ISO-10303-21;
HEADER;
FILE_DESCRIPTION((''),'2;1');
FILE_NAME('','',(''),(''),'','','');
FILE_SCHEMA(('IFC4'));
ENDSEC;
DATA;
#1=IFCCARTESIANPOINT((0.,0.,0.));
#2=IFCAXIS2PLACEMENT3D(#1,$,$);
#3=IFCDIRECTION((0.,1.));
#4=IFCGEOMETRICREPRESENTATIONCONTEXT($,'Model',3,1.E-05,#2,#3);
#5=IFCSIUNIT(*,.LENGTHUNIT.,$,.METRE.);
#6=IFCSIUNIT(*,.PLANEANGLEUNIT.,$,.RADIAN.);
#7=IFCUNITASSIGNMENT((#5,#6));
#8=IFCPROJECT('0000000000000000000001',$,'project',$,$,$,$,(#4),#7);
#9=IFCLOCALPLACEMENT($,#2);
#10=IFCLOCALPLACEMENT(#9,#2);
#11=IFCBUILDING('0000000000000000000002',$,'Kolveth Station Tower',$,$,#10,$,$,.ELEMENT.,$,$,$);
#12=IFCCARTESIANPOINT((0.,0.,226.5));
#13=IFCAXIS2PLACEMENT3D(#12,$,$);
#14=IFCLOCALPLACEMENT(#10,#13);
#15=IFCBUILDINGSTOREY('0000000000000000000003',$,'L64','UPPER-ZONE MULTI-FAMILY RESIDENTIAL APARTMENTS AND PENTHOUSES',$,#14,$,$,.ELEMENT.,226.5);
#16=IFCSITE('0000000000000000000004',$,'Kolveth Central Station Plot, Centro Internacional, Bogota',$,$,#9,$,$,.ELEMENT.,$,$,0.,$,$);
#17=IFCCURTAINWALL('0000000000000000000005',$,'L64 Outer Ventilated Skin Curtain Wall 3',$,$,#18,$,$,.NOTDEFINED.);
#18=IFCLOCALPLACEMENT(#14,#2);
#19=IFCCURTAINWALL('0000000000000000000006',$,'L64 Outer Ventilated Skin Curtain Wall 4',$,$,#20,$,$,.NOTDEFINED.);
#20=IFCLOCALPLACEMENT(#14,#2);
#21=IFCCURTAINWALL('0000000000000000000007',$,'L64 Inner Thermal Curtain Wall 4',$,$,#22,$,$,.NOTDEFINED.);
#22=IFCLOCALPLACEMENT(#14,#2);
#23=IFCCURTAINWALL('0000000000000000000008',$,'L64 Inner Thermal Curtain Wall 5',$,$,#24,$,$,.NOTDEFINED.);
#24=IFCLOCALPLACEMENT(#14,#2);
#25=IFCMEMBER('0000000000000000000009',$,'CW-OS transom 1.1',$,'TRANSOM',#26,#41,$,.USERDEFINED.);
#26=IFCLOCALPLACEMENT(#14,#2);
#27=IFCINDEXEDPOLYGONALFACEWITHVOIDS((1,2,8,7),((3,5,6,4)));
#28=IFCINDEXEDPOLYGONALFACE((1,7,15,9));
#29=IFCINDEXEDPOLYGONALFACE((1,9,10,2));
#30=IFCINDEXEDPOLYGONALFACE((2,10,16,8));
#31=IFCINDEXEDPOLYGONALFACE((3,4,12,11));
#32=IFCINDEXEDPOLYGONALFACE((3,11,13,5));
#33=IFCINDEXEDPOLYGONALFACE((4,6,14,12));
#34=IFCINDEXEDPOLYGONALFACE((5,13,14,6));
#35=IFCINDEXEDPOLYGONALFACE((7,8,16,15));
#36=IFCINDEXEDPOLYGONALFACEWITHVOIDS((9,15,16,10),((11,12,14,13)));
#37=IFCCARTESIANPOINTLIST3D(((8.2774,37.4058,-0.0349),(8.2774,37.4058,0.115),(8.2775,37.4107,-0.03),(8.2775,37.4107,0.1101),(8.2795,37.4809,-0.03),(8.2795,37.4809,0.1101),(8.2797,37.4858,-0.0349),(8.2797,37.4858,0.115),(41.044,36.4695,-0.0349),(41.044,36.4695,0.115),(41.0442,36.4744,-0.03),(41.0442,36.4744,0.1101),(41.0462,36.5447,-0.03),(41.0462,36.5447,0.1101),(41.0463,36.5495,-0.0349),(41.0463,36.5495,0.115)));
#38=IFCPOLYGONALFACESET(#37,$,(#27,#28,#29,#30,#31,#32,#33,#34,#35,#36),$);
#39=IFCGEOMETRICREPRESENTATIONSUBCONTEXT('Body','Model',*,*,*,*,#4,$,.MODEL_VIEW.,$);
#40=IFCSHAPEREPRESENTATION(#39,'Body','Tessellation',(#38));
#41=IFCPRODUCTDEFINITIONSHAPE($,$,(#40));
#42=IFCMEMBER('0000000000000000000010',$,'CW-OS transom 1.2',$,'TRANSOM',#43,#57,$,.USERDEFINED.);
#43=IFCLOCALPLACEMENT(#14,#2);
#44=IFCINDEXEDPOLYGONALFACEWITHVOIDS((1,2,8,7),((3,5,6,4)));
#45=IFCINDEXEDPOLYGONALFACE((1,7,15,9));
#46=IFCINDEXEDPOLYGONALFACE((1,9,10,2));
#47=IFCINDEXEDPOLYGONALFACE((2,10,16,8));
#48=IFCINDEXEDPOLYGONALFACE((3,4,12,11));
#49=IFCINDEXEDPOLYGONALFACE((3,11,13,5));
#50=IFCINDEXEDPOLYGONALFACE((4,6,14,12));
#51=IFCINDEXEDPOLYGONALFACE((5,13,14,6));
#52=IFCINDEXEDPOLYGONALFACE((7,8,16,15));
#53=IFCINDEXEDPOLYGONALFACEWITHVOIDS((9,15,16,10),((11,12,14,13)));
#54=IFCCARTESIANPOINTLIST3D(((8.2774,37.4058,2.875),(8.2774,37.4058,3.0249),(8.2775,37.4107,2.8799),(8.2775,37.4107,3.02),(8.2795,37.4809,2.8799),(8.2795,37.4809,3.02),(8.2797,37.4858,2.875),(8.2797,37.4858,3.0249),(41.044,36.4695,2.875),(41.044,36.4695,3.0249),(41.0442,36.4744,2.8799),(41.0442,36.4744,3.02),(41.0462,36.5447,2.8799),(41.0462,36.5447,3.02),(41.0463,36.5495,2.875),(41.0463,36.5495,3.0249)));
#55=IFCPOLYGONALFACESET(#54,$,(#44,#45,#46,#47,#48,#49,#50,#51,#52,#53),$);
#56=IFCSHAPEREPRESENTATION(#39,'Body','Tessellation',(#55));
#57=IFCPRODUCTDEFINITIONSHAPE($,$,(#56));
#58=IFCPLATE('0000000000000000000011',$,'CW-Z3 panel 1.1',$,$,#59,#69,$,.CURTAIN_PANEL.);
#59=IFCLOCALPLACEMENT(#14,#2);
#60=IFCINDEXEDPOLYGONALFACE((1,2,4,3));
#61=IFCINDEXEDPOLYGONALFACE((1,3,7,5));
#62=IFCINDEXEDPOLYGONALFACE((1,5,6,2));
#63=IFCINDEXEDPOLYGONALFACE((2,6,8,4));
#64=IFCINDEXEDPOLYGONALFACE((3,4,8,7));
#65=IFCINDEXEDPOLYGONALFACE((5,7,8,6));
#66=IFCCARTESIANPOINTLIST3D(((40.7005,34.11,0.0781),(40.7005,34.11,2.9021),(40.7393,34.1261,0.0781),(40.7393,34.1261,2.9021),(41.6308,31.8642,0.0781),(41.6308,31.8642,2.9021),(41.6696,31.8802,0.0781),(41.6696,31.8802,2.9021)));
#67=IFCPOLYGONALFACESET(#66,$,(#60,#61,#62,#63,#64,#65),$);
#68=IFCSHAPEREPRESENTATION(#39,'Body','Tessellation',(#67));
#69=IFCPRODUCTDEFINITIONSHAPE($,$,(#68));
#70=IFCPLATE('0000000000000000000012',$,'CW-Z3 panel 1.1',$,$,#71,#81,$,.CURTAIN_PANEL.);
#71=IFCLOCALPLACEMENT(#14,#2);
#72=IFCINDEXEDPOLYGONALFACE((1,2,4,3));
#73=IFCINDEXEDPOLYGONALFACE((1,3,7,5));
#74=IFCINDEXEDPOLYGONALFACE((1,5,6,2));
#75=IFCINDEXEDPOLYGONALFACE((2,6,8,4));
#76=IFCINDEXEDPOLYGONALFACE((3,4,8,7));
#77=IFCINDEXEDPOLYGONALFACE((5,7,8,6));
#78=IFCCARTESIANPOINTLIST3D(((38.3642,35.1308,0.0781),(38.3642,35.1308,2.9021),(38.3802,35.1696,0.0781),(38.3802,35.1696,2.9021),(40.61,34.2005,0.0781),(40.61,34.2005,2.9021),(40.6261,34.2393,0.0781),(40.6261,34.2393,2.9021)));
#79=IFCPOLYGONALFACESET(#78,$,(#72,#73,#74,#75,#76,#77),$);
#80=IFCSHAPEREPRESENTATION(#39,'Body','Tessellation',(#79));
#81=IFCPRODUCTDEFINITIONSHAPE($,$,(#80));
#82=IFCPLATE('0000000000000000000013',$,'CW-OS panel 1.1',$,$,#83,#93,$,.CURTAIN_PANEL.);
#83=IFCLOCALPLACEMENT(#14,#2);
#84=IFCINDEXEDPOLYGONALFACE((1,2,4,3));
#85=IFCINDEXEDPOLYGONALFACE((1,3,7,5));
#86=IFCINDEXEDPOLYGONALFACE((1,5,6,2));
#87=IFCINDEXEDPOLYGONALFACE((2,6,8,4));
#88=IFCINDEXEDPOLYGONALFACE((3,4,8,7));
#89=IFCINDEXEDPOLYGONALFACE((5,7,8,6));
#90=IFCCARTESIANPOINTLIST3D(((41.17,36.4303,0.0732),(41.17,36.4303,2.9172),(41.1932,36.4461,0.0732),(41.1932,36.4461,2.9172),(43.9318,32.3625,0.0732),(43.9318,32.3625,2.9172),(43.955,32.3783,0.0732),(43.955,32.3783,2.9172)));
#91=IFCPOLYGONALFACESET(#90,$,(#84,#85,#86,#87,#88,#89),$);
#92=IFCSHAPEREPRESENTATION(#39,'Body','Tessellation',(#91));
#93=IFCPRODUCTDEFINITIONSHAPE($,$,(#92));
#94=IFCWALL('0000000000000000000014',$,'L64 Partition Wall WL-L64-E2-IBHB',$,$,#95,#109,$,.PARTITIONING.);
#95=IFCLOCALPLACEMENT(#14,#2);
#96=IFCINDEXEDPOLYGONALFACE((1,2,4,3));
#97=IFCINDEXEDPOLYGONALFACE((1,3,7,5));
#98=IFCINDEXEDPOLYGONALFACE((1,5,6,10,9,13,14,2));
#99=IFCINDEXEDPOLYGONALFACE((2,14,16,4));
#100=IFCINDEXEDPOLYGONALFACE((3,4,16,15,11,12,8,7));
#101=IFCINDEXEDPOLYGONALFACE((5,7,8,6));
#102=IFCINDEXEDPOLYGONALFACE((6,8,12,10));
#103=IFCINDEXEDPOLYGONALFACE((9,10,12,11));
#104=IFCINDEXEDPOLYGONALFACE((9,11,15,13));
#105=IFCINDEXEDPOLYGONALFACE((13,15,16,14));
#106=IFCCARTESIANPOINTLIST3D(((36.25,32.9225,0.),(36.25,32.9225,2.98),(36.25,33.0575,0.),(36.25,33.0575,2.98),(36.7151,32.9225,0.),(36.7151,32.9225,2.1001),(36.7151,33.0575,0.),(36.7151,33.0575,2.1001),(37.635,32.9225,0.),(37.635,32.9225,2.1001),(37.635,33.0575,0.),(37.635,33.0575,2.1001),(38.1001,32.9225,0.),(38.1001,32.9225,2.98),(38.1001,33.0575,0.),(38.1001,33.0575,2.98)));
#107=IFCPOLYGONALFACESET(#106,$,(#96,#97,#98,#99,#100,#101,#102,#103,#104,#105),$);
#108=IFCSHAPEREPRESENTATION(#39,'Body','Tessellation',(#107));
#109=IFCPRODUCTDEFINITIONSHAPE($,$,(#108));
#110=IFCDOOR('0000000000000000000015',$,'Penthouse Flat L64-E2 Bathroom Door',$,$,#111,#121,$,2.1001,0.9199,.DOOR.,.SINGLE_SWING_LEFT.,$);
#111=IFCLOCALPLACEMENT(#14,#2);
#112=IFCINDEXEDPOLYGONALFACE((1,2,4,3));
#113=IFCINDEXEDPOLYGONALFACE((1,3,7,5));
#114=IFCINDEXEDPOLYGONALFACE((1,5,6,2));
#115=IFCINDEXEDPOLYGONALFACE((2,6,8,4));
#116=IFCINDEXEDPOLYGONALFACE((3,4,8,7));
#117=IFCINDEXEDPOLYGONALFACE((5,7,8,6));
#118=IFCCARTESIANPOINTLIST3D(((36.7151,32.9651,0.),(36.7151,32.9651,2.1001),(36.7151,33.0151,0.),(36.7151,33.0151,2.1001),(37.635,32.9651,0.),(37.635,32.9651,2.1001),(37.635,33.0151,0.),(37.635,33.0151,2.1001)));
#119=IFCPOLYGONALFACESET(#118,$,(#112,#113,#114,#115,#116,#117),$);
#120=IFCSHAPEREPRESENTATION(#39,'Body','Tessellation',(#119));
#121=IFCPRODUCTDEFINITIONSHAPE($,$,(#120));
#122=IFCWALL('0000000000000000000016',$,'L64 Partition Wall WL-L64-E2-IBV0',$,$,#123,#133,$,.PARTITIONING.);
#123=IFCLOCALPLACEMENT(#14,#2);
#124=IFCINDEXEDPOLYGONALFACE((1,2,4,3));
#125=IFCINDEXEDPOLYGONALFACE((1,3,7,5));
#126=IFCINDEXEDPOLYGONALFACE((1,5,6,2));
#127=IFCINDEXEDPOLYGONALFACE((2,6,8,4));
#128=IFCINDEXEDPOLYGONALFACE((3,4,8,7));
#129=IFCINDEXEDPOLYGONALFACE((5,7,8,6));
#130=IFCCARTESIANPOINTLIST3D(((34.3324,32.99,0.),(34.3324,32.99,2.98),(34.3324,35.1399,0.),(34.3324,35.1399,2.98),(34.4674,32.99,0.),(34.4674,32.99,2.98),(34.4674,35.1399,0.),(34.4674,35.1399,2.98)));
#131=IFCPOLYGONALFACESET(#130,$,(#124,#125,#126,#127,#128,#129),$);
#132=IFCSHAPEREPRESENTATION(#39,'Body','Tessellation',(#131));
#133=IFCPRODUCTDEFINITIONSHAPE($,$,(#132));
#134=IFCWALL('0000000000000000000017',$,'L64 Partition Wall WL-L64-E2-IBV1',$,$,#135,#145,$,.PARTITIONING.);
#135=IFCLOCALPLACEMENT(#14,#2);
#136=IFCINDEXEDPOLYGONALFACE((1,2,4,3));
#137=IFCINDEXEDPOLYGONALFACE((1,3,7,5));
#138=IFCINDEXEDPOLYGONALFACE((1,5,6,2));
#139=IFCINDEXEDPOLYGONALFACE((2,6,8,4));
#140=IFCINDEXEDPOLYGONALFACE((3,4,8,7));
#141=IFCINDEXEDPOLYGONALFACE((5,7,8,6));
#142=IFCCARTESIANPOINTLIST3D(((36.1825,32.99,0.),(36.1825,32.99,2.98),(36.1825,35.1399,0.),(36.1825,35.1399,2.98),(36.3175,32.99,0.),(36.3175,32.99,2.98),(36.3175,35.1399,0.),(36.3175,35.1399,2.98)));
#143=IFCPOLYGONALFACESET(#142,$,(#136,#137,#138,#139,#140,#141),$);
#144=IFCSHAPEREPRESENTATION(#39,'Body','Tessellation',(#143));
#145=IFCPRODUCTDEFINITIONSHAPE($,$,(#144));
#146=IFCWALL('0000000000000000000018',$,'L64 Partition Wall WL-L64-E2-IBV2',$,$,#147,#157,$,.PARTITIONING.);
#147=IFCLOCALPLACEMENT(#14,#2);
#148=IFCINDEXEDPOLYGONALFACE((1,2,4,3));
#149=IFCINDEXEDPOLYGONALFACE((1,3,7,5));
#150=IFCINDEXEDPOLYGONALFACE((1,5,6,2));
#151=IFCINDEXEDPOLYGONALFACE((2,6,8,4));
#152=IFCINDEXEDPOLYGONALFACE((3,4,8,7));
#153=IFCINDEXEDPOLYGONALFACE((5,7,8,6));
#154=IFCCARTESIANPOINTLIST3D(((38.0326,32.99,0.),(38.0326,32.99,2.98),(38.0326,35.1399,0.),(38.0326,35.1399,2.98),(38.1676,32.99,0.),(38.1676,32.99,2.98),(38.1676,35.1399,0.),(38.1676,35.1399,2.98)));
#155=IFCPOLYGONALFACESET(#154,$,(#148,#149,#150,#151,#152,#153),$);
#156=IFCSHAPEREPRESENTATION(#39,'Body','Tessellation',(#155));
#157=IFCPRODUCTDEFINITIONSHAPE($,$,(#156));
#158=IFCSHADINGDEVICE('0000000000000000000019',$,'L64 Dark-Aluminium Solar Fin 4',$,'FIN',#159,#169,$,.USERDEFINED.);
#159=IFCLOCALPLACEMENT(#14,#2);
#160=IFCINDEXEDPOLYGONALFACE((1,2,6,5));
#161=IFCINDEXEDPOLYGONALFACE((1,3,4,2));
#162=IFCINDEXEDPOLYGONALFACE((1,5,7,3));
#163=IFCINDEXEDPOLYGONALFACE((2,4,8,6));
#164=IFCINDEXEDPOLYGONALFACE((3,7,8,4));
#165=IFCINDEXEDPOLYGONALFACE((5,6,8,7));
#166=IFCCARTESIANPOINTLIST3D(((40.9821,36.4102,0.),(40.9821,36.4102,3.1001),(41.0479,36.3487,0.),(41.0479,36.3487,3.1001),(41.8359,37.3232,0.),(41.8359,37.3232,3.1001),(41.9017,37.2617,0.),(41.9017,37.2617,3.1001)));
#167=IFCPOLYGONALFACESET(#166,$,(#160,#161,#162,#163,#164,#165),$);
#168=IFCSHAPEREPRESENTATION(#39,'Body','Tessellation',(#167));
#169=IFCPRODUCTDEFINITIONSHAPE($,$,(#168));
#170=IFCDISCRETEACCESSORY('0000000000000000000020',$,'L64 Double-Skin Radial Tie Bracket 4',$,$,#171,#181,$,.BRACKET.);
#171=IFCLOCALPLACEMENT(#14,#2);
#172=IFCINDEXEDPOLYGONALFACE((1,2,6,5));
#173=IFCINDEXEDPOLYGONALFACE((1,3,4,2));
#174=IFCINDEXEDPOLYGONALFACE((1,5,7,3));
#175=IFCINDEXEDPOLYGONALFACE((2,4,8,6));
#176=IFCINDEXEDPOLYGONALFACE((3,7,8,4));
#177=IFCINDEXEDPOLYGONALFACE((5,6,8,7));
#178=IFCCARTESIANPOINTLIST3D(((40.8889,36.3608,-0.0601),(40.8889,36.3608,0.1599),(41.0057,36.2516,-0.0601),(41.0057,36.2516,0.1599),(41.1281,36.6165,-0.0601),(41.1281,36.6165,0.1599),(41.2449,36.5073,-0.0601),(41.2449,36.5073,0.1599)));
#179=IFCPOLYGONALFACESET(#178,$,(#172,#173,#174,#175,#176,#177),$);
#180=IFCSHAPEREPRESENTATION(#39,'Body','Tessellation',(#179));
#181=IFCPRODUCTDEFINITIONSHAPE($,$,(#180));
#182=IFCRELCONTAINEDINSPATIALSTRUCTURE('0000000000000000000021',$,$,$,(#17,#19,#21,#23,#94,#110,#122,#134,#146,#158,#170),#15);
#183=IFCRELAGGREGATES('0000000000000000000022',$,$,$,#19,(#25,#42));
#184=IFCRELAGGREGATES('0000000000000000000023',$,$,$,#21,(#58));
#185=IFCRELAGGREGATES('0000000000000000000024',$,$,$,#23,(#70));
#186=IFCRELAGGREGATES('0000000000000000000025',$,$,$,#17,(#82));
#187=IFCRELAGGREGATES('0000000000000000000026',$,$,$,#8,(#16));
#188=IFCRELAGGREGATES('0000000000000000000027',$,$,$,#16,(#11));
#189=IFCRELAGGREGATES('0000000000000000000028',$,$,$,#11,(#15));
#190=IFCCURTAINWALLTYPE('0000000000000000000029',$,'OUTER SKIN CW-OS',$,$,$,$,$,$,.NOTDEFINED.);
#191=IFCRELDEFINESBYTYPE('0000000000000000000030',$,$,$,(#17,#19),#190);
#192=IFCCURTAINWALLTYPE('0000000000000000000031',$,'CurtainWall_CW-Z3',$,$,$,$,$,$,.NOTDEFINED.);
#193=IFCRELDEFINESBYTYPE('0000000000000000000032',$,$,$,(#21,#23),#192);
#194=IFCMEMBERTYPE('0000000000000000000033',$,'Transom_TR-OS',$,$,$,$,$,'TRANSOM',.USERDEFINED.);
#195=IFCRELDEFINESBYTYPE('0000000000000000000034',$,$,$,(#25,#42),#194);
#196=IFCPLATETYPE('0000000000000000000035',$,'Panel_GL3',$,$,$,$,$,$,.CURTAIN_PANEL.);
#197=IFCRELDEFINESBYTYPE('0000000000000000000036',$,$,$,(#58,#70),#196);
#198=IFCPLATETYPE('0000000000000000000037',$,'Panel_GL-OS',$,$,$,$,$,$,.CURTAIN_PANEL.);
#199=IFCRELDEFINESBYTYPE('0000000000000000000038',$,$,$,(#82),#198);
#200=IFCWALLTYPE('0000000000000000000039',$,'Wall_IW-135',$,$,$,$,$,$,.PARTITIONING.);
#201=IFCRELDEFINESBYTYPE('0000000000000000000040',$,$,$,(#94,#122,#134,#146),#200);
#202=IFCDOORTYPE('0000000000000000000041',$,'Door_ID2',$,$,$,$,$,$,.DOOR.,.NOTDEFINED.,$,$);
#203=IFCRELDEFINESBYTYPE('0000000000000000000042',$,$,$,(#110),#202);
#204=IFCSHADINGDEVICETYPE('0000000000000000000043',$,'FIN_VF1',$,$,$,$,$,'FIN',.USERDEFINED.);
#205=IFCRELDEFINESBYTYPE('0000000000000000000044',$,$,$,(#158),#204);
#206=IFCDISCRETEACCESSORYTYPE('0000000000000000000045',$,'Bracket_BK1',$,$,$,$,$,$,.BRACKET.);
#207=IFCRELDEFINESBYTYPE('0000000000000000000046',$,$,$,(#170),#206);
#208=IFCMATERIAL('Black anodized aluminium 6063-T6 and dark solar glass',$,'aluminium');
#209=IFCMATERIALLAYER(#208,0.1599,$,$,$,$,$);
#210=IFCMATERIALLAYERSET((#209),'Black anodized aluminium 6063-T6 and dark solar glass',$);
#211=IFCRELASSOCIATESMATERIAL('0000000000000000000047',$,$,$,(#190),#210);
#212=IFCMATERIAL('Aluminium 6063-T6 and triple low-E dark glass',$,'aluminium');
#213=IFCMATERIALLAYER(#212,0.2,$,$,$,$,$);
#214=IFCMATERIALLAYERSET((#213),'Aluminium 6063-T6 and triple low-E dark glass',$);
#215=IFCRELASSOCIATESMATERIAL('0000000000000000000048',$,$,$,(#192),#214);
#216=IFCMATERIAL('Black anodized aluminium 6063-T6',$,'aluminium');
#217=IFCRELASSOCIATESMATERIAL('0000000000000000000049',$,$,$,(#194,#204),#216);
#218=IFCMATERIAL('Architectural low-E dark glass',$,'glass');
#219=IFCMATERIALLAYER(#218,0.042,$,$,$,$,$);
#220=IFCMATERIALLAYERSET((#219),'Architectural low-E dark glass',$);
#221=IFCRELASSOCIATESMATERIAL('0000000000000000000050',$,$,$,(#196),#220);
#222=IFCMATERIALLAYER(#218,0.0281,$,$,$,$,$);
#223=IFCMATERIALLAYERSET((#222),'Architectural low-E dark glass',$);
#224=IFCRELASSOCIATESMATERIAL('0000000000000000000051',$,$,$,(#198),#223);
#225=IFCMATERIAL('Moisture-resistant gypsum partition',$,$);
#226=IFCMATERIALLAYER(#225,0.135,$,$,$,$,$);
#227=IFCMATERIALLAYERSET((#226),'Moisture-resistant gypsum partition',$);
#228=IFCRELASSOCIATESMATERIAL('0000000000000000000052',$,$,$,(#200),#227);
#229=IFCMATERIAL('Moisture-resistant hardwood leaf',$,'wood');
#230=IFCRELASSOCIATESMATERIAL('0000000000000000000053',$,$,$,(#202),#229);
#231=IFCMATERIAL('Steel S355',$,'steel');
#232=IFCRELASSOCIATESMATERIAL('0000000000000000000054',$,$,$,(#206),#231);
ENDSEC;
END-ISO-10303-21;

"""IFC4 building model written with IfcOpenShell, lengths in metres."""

from ifc_helpers import new_model, si_unit, direction, frame, frame_2d, origin, origin_2d, place, context, subcontext, project, spatial, rectangle, hollow_rectangle, extrude, source, transform, mapped, material, layer, layer_set, material_profile, profile_set, type_object, element, fill, aggregate, save


model = new_model("IFC4")

# Units and contexts
model_context = context("Model", 3, precision=1e-05, world=origin(), true_north=direction((0.0, 1.0)))
body_context = subcontext(model_context, "Body", "Model", "MODEL_VIEW")
ifc_project = project(units=[si_unit("LENGTHUNIT", "METRE"), si_unit("PLANEANGLEUNIT", "RADIAN")], contexts=[model_context])

# Site, building, storey
site_placement = place(None, origin())
site = spatial("IfcSite", under=ifc_project, at=site_placement, Name="Kolveth Central Station Plot, Centro Internacional, Bogota", CompositionType="ELEMENT", RefElevation=0.0)
building_placement = place(site_placement, origin())
building = spatial("IfcBuilding", under=site, at=building_placement, Name="Kolveth Station Tower", CompositionType="ELEMENT")
storey_placement = place(building_placement, frame((0.0, 0.0, 226.5)))
storey = spatial("IfcBuildingStorey", under=building, at=storey_placement, Name="L64", Description="UPPER-ZONE MULTI-FAMILY RESIDENTIAL APARTMENTS AND PENTHOUSES", CompositionType="ELEMENT", Elevation=226.5)

# Curtain walls
ifc_material_1 = material(Name="Black anodized aluminium 6063-T6 and dark solar glass", Category="aluminium")
ifc_layer_1 = layer(ifc_material_1, 0.1599)
ifc_layer_set_1 = layer_set([ifc_layer_1], Name="Black anodized aluminium 6063-T6 and dark solar glass")
curtain_wall_type_1 = type_object("IfcCurtainWallType", Name="OUTER SKIN CW-OS", PredefinedType="NOTDEFINED", material=ifc_layer_set_1)
curtain_wall_1_placement = place(storey_placement, origin())
curtain_wall_1 = element("IfcCurtainWall", 1, at=curtain_wall_1_placement, inside=storey, type_object=curtain_wall_type_1, Name="L64 Outer Ventilated Skin Curtain Wall 3", PredefinedType="NOTDEFINED")
ifc_material_2 = material(Name="Black anodized aluminium 6063-T6", Category="aluminium")
curtain_wall_2_placement = place(storey_placement, origin())
curtain_wall_2 = element("IfcCurtainWall", 2, at=curtain_wall_2_placement, inside=storey, type_object=curtain_wall_type_1, Name="L64 Outer Ventilated Skin Curtain Wall 4", PredefinedType="NOTDEFINED")
ifc_material_3 = material(Name="Aluminium 6063-T6 and triple low-E dark glass", Category="aluminium")
ifc_layer_2 = layer(ifc_material_3, 0.2)
ifc_layer_set_2 = layer_set([ifc_layer_2], Name="Aluminium 6063-T6 and triple low-E dark glass")
curtain_wall_type_2 = type_object("IfcCurtainWallType", Name="CurtainWall_CW-Z3", PredefinedType="NOTDEFINED", material=ifc_layer_set_2)
curtain_wall_3_placement = place(storey_placement, origin())
curtain_wall_3 = element("IfcCurtainWall", 3, at=curtain_wall_3_placement, inside=storey, type_object=curtain_wall_type_2, Name="L64 Inner Thermal Curtain Wall 4", PredefinedType="NOTDEFINED")

# Curtain wall
curtain_wall_4_placement = place(storey_placement, origin())
curtain_wall_4 = element("IfcCurtainWall", 4, at=curtain_wall_4_placement, inside=storey, type_object=curtain_wall_type_2, Name="L64 Inner Thermal Curtain Wall 5", PredefinedType="NOTDEFINED")

# Members
ifc_material_profile_1 = material_profile(ifc_material_2, hollow_rectangle(XDim=0.0801, YDim=0.1499, WallThickness=0.0049, at=origin_2d()), Name="ALU-80x150x5")
ifc_profile_set_1 = profile_set([ifc_material_profile_1], Name="Black anodized aluminium 6063-T6")
member_type_1 = type_object("IfcMemberType", Name="Transom_TR-OS", ElementType="TRANSOM", PredefinedType="USERDEFINED", material=ifc_profile_set_1)
shared_shape_1 = source(origin(), body_context, "Body", "SweptSolid", [
    extrude(hollow_rectangle(XDim=0.0801, YDim=0.1499, WallThickness=0.0049, at=origin_2d()), origin(), (0.0, 0.0, 1.0), 32.78),
])
member_1_placement = place(storey_placement, frame((41.0452, 36.5095, 0.04), z_axis=(-0.999592, 0.028563, 0.0), x_axis=(-0.028563, -0.999592, 0.0)))
member_1 = element("IfcMember", 5, at=member_1_placement, type_object=member_type_1, Name="CW-OS transom 1.1", ObjectType="TRANSOM", PredefinedType="USERDEFINED", context=body_context, shape_type="MappedRepresentation", body=[
    mapped(shared_shape_1, transform((0.0, 0.0, 0.0), x_axis=(1.0, 0.0, 0.0), y_axis=(0.0, 1.0, 0.0), z_axis=(0.0, 0.0, 1.0), scale=1.0)),
])
member_2_placement = place(storey_placement, frame((41.0452, 36.5095, 2.95), z_axis=(-0.999592, 0.028563, 0.0), x_axis=(-0.028563, -0.999592, 0.0)))
member_2 = element("IfcMember", 6, at=member_2_placement, type_object=member_type_1, Name="CW-OS transom 1.2", ObjectType="TRANSOM", PredefinedType="USERDEFINED", context=body_context, shape_type="MappedRepresentation", body=[
    mapped(shared_shape_1, transform((0.0, 0.0, 0.0), x_axis=(1.0, 0.0, 0.0), y_axis=(0.0, 1.0, 0.0), z_axis=(0.0, 0.0, 1.0), scale=1.0)),
])
aggregate(curtain_wall_2, [member_1, member_2])

# Plates
ifc_material_4 = material(Name="Architectural low-E dark glass", Category="glass")
ifc_layer_3 = layer(ifc_material_4, 0.042)
ifc_layer_set_3 = layer_set([ifc_layer_3], Name="Architectural low-E dark glass")
plate_type_1 = type_object("IfcPlateType", Name="Panel_GL3", PredefinedType="CURTAIN_PANEL", material=ifc_layer_set_3)
shared_shape_2 = source(origin(), body_context, "Body", "SweptSolid", [
    extrude(rectangle(XDim=2.4309, YDim=0.042, at=origin_2d()), origin(), (0.0, 0.0, 1.0), 2.824),
])
plate_1_placement = place(storey_placement, frame((41.1851, 32.9951, 0.0781), z_axis=(0.0, 0.0, 1.0), x_axis=(-0.382693, 0.923875, 0.0)))
plate_1 = element("IfcPlate", 7, at=plate_1_placement, type_object=plate_type_1, Name="CW-Z3 panel 1.1", PredefinedType="CURTAIN_PANEL", context=body_context, shape_type="MappedRepresentation", body=[
    mapped(shared_shape_2, transform((0.0, 0.0, 0.0), x_axis=(1.0, 0.0, 0.0), y_axis=(0.0, 1.0, 0.0), z_axis=(0.0, 0.0, 1.0), scale=1.0)),
])
aggregate(curtain_wall_3, [plate_1])
plate_2_placement = place(storey_placement, frame((39.4951, 34.6851, 0.0781), z_axis=(0.0, 0.0, 1.0), x_axis=(-0.923875, 0.382693, 0.0)))
plate_2 = element("IfcPlate", 8, at=plate_2_placement, type_object=plate_type_1, Name="CW-Z3 panel 1.1", PredefinedType="CURTAIN_PANEL", context=body_context, shape_type="MappedRepresentation", body=[
    mapped(shared_shape_2, transform((0.0, 0.0, 0.0), x_axis=(1.0, 0.0, 0.0), y_axis=(0.0, 1.0, 0.0), z_axis=(0.0, 0.0, 1.0), scale=1.0)),
])
aggregate(curtain_wall_4, [plate_2])
ifc_layer_4 = layer(ifc_material_4, 0.0281)
ifc_layer_set_4 = layer_set([ifc_layer_4], Name="Architectural low-E dark glass")
plate_type_2 = type_object("IfcPlateType", Name="Panel_GL-OS", PredefinedType="CURTAIN_PANEL", material=ifc_layer_set_4)
shared_shape_3 = source(origin(), body_context, "Body", "SweptSolid", [
    extrude(rectangle(XDim=4.9167, YDim=0.0281, at=origin_2d()), origin(), (0.0, 0.0, 1.0), 2.844),
])
plate_3_placement = place(storey_placement, frame((42.5625, 34.4043, 0.0732), z_axis=(0.0, 0.0, 1.0), x_axis=(-0.561709, 0.827335, 0.0)))
plate_3 = element("IfcPlate", 9, at=plate_3_placement, type_object=plate_type_2, Name="CW-OS panel 1.1", PredefinedType="CURTAIN_PANEL", context=body_context, shape_type="MappedRepresentation", body=[
    mapped(shared_shape_3, transform((0.0, 0.0, 0.0), x_axis=(1.0, 0.0, 0.0), y_axis=(0.0, 1.0, 0.0), z_axis=(0.0, 0.0, 1.0), scale=1.0)),
])
aggregate(curtain_wall_1, [plate_3])

# Wall, opening, door
ifc_material_5 = material(Name="Moisture-resistant gypsum partition")
ifc_layer_5 = layer(ifc_material_5, 0.135)
ifc_layer_set_5 = layer_set([ifc_layer_5], Name="Moisture-resistant gypsum partition")
wall_type = type_object("IfcWallType", Name="Wall_IW-135", PredefinedType="PARTITIONING", material=ifc_layer_set_5)
wall_placement = place(storey_placement, frame((36.25, 32.99, 0.0), z_axis=(0.0, 0.0, 1.0), x_axis=(1.0, 0.0, 0.0)))
wall = element("IfcWall", 10, at=wall_placement, inside=storey, type_object=wall_type, Name="L64 Partition Wall WL-L64-E2-IBHB", PredefinedType="PARTITIONING", context=body_context, shape_type="SweptSolid", body=[
    extrude(rectangle(XDim=1.8501, YDim=0.135, at=frame_2d((0.925, 0.0))), origin(), (0.0, 0.0, 1.0), 2.98),
])
opening_placement = place(wall_placement, frame((0.4651, 0.0, 0.0)))
opening = element("IfcOpeningElement", 11, at=opening_placement, cuts=wall, PredefinedType="OPENING", context=body_context, shape_type="SweptSolid", body=[
    extrude(rectangle(XDim=0.9199, YDim=2.1001, at=frame_2d((0.46, 1.05))), frame((0.0, 0.0774, 0.0), z_axis=(0.0, -1.0, 0.0), x_axis=(1.0, 0.0, 0.0)), (0.0, 0.0, 1.0), 0.155),
])
ifc_material_6 = material(Name="Moisture-resistant hardwood leaf", Category="wood")
door_type = type_object("IfcDoorType", Name="Door_ID2", OperationType="NOTDEFINED", PredefinedType="DOOR", material=ifc_material_6)
door_placement = place(opening_placement, frame((0.9199, 0.0, 0.0), z_axis=(0.0, 0.0, 1.0), x_axis=(-1.0, 0.0, 0.0)))
door = element("IfcDoor", 12, at=door_placement, inside=storey, type_object=door_type, Name="Penthouse Flat L64-E2 Bathroom Door", OperationType="SINGLE_SWING_LEFT", OverallHeight=2.1001, OverallWidth=0.9199, PredefinedType="DOOR", context=body_context, shape_type="SweptSolid", body=[
    extrude(rectangle(XDim=0.9199, YDim=2.1001, at=frame_2d((0.46, 1.05))), frame((0.0, 0.0249, 0.0), z_axis=(0.0, -1.0, 0.0), x_axis=(1.0, 0.0, 0.0)), (0.0, 0.0, 1.0), 0.05),
])
fill(opening, door)

# Walls
for number, where, z_axis, x_axis, name in (
    (13, (34.3999, 32.99, 0.0), (0.0, 0.0, 1.0), (0.0, 1.0, 0.0), "L64 Partition Wall WL-L64-E2-IBV0"),
    (14, (36.25, 32.99, 0.0), (0.0, 0.0, 1.0), (0.0, 1.0, 0.0), "L64 Partition Wall WL-L64-E2-IBV1"),
    (15, (38.1001, 32.99, 0.0), (0.0, 0.0, 1.0), (0.0, 1.0, 0.0), "L64 Partition Wall WL-L64-E2-IBV2"),
):
    element("IfcWall", number, at=place(storey_placement, frame(where, z_axis=z_axis, x_axis=x_axis)), inside=storey, type_object=wall_type, Name=name, PredefinedType="PARTITIONING", context=body_context, shape_type="SweptSolid", body=[
        extrude(rectangle(XDim=2.1499, YDim=0.135, at=frame_2d((1.075, 0.0))), origin(), (0.0, 0.0, 1.0), 2.98),
    ])

# Shading device
shading_device_type = type_object("IfcShadingDeviceType", Name="FIN_VF1", ElementType="FIN", PredefinedType="USERDEFINED", material=ifc_material_2)
shared_shape_4 = source(origin(), body_context, "Body", "SweptSolid", [
    extrude(rectangle(XDim=1.25, YDim=0.0901, at=origin_2d()), origin(), (0.0, 0.0, 1.0), 3.1001),
])
shading_device_placement = place(storey_placement, frame((41.4419, 36.8359, 0.0), z_axis=(0.0, 0.0, 1.0), x_axis=(0.683019, 0.730401, 0.0)))
element("IfcShadingDevice", 16, at=shading_device_placement, inside=storey, type_object=shading_device_type, Name="L64 Dark-Aluminium Solar Fin 4", ObjectType="FIN", PredefinedType="USERDEFINED", context=body_context, shape_type="MappedRepresentation", body=[
    mapped(shared_shape_4, transform((0.0, 0.0, 0.0), x_axis=(1.0, 0.0, 0.0), y_axis=(0.0, 1.0, 0.0), z_axis=(0.0, 0.0, 1.0), scale=1.0)),
])

# Discrete accessory
ifc_material_7 = material(Name="Steel S355", Category="steel")
discrete_accessory_type = type_object("IfcDiscreteAccessoryType", Name="Bracket_BK1", PredefinedType="BRACKET", material=ifc_material_7)
shared_shape_5 = source(origin(), body_context, "Body", "SweptSolid", [
    extrude(rectangle(XDim=0.3501, YDim=0.1599, at=origin_2d()), origin(), (0.0, 0.0, 1.0), 0.22),
])
discrete_accessory_placement = place(storey_placement, frame((41.0669, 36.4341, -0.0601), z_axis=(0.0, 0.0, 1.0), x_axis=(0.683019, 0.730401, 0.0)))
element("IfcDiscreteAccessory", 17, at=discrete_accessory_placement, inside=storey, type_object=discrete_accessory_type, Name="L64 Double-Skin Radial Tie Bracket 4", PredefinedType="BRACKET", context=body_context, shape_type="MappedRepresentation", body=[
    mapped(shared_shape_5, transform((0.0, 0.0, 0.0), x_axis=(1.0, 0.0, 0.0), y_axis=(0.0, 1.0, 0.0), z_axis=(0.0, 0.0, 1.0), scale=1.0)),
])

save(model, "model.ifc")
